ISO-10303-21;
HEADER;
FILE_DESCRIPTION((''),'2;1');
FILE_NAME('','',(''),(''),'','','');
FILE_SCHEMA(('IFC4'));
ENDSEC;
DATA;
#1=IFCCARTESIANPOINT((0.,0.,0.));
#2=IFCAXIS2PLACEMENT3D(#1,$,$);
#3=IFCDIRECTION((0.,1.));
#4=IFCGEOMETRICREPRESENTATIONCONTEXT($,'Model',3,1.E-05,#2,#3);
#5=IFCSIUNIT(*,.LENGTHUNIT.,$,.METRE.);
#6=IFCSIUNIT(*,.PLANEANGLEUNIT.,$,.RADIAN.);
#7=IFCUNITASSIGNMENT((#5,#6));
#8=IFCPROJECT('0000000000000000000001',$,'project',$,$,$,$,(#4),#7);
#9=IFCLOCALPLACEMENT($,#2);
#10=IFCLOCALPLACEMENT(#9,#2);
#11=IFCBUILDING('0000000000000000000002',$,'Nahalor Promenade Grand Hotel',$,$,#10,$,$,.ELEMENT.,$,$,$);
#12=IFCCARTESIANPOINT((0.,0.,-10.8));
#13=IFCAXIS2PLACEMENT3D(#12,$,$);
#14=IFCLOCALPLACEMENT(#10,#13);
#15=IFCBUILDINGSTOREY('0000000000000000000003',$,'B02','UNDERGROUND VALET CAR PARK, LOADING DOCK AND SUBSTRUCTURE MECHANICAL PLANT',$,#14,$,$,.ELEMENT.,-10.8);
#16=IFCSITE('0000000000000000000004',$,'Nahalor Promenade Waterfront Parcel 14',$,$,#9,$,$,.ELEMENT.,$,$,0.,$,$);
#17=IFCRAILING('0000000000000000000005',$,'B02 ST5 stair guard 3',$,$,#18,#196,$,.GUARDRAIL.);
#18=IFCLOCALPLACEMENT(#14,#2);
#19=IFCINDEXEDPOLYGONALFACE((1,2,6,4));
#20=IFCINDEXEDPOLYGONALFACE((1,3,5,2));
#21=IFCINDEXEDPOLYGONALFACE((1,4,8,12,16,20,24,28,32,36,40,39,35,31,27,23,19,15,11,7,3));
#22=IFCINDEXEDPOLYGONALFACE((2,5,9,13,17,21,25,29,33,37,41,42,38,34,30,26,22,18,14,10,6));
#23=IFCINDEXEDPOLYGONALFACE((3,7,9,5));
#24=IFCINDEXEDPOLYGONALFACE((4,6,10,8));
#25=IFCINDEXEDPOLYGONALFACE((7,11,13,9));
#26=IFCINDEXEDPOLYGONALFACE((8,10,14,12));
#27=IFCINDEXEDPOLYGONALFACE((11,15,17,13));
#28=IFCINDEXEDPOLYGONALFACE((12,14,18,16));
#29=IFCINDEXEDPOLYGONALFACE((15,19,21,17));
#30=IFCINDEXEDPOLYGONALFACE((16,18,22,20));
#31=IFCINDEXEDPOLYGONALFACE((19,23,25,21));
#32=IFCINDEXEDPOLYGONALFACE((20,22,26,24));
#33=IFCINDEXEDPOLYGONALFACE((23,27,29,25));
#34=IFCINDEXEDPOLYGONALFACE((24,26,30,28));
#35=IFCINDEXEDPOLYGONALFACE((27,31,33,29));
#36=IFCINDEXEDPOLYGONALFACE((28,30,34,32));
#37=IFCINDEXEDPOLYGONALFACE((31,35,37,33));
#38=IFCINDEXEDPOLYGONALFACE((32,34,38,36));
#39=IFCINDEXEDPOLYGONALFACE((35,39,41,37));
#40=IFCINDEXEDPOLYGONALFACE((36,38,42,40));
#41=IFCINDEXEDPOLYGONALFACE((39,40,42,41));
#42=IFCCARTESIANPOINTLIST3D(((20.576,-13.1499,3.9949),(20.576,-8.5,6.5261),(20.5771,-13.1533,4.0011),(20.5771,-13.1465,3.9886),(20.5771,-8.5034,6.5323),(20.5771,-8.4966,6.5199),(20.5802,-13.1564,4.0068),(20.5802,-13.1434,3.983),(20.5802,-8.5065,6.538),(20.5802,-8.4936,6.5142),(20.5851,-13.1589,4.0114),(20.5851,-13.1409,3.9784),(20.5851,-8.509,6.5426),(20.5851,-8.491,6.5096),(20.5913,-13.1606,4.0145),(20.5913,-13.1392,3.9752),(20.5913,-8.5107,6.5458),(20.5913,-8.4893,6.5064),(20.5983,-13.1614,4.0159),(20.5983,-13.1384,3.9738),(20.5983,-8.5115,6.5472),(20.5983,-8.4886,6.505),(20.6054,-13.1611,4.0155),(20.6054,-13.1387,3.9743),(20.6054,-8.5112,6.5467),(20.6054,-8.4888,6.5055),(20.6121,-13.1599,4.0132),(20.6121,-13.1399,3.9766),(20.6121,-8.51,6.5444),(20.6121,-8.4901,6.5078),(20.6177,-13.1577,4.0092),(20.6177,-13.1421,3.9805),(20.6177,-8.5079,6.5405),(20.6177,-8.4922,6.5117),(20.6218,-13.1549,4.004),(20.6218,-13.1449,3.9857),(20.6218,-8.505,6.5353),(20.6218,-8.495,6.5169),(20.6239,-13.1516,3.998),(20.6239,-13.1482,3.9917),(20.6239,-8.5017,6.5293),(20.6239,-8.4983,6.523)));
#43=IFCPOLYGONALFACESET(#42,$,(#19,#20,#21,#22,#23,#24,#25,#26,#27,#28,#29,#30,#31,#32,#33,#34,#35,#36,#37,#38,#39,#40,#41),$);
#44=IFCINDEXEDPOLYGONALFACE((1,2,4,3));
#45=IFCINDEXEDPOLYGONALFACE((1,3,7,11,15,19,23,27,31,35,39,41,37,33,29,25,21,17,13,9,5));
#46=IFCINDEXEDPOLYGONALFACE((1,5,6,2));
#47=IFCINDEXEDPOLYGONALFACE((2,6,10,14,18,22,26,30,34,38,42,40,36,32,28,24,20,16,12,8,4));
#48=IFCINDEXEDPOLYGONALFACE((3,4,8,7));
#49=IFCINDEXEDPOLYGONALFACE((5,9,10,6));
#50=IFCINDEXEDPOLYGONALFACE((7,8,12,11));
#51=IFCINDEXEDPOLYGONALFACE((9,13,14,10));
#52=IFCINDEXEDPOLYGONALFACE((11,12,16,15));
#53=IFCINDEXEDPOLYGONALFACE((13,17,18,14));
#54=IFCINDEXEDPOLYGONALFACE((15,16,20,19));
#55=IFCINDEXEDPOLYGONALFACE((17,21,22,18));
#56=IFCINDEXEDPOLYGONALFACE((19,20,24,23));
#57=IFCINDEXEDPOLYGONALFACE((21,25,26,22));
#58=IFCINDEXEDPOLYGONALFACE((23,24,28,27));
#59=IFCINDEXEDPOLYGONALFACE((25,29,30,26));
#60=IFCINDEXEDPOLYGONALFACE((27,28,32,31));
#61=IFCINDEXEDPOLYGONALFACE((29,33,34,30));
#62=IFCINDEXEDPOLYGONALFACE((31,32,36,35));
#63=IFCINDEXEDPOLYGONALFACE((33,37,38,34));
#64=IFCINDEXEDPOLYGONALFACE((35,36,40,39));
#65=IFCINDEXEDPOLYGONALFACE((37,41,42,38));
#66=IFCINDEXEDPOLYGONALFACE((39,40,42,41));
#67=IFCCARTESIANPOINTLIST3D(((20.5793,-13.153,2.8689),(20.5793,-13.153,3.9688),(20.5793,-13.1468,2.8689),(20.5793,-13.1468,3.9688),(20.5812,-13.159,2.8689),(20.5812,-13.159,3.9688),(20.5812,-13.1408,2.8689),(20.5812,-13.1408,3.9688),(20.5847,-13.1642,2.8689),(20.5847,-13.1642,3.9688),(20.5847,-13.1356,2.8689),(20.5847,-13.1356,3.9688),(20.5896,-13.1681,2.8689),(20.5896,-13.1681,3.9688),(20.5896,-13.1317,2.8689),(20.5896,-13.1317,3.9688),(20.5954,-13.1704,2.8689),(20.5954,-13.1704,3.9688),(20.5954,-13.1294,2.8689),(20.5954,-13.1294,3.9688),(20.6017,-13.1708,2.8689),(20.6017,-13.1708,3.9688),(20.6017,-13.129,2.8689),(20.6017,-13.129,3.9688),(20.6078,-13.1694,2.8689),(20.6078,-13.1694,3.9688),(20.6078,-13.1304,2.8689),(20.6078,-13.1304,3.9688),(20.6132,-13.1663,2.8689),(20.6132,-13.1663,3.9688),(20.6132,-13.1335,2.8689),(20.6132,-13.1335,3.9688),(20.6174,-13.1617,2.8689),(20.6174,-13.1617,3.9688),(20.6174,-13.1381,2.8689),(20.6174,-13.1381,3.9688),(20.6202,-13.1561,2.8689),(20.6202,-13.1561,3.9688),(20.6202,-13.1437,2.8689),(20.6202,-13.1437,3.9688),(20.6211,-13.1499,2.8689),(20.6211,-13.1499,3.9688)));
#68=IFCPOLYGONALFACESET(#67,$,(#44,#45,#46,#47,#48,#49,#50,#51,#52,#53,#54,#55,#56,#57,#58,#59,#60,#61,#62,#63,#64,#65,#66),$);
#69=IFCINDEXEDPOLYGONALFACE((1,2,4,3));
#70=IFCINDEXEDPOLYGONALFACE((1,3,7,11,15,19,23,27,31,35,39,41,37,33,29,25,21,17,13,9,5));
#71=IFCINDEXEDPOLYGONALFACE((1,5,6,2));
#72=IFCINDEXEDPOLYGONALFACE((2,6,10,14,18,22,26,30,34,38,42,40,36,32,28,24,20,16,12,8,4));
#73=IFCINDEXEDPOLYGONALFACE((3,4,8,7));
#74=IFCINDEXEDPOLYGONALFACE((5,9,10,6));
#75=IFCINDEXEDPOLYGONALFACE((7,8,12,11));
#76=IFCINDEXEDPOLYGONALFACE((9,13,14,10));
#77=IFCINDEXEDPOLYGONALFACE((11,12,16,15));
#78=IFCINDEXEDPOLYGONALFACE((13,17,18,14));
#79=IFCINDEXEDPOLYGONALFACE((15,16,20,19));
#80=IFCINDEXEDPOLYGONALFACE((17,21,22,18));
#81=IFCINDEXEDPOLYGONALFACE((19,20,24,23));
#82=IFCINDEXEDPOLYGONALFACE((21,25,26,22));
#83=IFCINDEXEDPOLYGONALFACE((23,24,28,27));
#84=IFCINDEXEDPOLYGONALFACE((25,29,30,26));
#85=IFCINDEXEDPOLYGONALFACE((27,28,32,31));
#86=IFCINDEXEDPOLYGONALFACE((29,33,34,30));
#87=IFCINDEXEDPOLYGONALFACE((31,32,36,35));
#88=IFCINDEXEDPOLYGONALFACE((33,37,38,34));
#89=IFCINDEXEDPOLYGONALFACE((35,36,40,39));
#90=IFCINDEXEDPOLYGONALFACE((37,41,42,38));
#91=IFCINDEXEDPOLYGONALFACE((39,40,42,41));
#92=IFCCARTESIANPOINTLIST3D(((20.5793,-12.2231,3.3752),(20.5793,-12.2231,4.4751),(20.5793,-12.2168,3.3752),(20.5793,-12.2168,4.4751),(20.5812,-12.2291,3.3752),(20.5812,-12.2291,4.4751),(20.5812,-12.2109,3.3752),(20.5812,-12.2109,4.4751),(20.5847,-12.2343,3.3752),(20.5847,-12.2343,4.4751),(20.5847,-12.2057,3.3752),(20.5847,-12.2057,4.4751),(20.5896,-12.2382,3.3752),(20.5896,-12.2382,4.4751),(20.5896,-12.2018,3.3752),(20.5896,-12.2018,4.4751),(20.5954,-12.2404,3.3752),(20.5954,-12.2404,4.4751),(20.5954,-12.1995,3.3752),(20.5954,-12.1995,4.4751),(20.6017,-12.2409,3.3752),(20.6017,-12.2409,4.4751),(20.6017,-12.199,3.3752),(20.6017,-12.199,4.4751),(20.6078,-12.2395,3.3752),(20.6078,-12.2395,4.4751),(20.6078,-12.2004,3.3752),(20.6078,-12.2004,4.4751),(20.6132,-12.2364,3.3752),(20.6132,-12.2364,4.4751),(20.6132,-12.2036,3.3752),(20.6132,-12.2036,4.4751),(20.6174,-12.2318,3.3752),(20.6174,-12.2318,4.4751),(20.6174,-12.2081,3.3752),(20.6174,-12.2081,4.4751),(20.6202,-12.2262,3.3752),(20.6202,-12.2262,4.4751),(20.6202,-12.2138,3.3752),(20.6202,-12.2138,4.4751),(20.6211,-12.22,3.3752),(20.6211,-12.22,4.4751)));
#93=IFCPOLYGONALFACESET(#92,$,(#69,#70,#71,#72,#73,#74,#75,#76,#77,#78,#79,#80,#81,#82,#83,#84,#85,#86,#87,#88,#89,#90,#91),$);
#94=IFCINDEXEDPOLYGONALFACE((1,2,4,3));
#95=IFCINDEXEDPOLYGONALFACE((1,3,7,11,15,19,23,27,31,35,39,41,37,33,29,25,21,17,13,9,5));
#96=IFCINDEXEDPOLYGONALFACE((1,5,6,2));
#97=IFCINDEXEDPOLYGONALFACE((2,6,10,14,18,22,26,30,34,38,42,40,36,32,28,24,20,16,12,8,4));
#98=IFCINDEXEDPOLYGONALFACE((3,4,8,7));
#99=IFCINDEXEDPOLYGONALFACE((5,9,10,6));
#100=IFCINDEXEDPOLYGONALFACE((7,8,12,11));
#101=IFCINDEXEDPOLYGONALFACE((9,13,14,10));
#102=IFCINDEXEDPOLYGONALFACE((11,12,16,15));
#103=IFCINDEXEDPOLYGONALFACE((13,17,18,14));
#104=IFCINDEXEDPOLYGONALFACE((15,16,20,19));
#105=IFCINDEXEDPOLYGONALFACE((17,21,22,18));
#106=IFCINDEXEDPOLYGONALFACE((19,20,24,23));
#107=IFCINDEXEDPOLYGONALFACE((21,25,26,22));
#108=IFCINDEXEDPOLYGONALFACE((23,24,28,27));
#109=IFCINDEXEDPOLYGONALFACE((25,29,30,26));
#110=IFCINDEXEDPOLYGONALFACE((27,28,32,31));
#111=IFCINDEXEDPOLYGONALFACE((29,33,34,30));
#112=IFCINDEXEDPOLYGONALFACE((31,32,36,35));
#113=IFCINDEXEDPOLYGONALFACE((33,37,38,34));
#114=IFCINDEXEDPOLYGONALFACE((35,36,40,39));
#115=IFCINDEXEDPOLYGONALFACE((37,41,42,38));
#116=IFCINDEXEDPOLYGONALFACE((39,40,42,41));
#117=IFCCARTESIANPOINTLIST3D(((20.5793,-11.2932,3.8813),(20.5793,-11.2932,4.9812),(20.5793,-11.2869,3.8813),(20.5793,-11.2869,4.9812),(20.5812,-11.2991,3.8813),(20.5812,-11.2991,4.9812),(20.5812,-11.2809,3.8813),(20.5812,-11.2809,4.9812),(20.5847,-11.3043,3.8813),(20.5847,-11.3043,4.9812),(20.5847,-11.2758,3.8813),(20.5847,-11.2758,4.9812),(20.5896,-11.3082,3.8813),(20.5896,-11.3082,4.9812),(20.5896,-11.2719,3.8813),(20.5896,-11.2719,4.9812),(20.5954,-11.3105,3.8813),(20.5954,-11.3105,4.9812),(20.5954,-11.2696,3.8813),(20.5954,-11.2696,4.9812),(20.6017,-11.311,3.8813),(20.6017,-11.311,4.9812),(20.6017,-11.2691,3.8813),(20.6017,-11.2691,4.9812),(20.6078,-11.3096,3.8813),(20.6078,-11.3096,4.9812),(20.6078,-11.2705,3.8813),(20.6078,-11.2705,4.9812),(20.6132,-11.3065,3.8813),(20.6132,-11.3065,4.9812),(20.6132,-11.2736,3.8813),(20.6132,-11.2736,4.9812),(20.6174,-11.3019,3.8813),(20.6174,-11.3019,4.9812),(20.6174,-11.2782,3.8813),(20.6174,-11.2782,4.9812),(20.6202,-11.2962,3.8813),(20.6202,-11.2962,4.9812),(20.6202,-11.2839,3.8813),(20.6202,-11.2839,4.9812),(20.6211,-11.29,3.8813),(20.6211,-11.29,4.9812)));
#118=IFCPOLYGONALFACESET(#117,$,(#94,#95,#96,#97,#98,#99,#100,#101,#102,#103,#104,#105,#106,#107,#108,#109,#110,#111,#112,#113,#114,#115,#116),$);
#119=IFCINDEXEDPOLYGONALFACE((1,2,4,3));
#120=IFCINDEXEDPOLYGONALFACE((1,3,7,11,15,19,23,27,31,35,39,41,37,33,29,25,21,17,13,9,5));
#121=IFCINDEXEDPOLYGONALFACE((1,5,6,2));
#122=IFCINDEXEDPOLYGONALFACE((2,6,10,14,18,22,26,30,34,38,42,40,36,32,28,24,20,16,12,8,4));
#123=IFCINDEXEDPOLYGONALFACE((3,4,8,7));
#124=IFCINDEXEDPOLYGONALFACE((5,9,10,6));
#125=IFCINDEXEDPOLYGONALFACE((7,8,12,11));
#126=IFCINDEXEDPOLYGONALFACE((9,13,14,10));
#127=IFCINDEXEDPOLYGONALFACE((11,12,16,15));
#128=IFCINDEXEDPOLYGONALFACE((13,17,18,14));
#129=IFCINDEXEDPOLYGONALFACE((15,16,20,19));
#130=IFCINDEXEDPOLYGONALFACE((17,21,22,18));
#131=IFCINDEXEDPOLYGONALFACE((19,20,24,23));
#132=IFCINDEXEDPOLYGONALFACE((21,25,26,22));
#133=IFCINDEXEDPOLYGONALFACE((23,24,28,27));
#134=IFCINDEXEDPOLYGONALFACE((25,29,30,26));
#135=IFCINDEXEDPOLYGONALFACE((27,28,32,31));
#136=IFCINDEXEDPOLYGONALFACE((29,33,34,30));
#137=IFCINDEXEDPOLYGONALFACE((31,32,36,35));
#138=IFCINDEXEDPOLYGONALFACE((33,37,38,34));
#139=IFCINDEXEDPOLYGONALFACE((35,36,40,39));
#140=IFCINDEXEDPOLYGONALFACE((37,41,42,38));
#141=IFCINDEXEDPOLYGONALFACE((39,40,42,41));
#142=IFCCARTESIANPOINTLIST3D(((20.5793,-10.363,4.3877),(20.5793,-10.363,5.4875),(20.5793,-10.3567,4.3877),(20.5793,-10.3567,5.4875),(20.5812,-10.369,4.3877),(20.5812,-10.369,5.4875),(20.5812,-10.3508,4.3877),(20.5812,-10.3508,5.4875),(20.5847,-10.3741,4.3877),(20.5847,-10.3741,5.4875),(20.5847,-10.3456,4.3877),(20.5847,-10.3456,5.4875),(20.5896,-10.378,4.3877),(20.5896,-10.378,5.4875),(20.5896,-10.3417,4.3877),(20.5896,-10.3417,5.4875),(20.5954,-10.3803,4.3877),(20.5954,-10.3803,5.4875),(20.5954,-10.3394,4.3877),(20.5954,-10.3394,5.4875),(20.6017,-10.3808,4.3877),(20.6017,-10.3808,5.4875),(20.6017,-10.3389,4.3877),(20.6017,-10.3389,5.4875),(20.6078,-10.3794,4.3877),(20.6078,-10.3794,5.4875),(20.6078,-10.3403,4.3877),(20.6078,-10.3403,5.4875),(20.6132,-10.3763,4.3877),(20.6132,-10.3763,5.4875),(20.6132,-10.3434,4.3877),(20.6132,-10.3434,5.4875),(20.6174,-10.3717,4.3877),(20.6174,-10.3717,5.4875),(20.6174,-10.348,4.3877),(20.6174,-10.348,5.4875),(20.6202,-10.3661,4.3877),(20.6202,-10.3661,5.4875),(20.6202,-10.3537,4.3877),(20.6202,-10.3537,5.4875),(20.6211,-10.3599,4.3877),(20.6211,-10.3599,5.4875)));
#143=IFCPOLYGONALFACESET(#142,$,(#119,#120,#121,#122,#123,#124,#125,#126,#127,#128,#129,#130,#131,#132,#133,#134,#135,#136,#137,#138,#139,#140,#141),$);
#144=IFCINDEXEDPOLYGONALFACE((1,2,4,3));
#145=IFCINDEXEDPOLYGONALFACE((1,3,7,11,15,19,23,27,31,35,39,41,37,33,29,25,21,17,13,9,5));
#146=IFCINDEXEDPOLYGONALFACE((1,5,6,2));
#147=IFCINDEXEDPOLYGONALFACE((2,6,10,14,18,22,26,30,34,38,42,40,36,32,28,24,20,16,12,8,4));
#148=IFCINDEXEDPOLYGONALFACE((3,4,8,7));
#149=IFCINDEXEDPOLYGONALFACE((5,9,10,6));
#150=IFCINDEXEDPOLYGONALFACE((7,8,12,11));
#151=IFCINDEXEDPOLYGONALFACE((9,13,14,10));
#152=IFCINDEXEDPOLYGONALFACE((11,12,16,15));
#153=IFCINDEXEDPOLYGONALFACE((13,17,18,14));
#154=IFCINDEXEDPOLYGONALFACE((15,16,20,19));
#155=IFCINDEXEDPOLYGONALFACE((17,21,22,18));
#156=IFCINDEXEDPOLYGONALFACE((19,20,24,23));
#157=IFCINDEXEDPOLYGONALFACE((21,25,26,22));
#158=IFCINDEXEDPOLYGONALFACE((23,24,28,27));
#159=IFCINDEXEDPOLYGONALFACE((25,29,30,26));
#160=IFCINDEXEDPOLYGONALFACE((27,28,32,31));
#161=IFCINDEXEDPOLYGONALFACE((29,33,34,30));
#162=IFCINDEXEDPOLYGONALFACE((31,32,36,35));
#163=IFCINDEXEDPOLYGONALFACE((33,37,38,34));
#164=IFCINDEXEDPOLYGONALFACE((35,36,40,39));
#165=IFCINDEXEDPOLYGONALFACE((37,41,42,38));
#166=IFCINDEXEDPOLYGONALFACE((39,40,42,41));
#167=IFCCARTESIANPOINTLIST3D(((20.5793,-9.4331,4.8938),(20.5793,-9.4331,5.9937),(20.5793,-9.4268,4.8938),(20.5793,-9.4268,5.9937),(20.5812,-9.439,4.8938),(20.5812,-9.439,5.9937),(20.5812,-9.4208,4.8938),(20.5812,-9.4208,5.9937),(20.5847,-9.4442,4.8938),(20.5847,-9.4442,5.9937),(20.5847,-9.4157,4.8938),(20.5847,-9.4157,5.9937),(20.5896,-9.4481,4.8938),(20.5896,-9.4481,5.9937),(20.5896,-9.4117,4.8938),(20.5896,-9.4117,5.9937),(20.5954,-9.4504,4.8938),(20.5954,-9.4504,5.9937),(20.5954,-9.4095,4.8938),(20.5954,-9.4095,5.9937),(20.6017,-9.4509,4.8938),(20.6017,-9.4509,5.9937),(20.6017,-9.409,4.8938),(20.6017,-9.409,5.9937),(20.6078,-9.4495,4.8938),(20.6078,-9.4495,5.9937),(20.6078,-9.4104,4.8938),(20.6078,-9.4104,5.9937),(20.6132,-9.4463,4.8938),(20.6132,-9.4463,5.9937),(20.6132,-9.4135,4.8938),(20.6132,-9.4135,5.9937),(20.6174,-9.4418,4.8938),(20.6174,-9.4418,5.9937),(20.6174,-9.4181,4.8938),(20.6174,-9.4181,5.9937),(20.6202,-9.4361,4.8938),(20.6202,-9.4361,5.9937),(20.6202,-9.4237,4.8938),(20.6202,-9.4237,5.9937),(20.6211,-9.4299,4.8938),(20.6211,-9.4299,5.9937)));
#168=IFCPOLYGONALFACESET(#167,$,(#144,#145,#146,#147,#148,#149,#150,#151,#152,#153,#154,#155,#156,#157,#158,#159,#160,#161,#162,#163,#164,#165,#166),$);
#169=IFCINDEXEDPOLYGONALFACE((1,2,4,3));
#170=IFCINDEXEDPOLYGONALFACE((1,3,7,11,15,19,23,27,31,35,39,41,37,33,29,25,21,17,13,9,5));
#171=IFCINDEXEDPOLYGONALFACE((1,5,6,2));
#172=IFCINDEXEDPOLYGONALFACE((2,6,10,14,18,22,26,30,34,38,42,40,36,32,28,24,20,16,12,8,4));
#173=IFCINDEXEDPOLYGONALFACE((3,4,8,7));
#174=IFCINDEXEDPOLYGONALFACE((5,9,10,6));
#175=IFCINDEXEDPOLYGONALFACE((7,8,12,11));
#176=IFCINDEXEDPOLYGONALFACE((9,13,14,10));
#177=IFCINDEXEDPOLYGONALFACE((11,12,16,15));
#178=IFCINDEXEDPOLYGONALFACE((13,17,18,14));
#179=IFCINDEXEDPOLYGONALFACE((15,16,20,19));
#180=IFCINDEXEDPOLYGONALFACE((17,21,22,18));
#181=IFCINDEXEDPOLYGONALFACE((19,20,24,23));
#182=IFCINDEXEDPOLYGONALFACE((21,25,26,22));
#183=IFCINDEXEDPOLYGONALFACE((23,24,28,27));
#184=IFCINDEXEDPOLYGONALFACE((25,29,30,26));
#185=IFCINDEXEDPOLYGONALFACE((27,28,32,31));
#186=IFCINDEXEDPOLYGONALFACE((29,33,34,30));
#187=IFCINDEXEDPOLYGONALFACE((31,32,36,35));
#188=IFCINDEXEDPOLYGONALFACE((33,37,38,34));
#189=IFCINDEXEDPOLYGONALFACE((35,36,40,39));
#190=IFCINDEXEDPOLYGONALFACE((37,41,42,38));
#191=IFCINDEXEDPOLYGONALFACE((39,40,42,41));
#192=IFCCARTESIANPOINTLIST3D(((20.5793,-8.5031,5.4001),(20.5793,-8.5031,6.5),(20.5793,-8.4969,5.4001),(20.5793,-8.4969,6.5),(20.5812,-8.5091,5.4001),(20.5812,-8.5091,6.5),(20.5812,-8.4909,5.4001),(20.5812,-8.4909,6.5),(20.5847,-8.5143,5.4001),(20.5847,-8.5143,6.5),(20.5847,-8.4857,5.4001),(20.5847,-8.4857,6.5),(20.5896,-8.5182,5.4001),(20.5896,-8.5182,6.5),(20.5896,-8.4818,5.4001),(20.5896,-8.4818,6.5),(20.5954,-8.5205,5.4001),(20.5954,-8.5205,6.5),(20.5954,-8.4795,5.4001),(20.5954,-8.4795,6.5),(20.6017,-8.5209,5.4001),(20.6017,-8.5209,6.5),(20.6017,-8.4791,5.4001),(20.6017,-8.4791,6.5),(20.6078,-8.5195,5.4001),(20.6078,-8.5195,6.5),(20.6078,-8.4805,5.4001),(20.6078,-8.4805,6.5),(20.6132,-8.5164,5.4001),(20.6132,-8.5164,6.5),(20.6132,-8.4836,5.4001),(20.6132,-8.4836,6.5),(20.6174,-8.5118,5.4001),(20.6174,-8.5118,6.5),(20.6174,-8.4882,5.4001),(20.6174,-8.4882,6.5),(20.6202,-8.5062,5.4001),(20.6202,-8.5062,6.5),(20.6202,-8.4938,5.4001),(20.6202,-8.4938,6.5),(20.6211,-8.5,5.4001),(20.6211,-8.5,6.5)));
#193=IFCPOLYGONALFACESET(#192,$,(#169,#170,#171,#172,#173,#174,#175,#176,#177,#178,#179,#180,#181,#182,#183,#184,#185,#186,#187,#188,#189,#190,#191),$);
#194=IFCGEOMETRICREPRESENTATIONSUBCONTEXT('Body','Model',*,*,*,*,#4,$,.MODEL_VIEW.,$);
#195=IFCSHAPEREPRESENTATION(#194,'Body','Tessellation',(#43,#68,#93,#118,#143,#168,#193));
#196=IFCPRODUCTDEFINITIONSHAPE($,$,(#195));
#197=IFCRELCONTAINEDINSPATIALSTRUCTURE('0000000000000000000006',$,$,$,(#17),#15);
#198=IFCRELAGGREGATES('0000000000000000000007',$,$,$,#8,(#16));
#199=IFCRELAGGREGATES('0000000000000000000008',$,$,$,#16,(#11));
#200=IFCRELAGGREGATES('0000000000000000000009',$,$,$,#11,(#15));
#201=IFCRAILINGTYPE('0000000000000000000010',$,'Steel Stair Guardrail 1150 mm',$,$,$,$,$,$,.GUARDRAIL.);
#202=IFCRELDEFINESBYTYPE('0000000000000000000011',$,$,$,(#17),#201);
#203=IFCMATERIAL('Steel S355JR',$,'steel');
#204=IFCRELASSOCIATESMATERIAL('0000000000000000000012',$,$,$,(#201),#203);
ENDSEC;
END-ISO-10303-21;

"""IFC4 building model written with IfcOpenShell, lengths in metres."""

from ifc_helpers import new_model, si_unit, direction, frame, origin, origin_2d, place, context, subcontext, project, spatial, circle, extrude, material, type_object, element, save


model = new_model("IFC4")

# Units and contexts
model_context = context("Model", 3, precision=1e-05, world=origin(), true_north=direction((0.0, 1.0)))
body_context = subcontext(model_context, "Body", "Model", "MODEL_VIEW")
ifc_project = project(units=[si_unit("LENGTHUNIT", "METRE"), si_unit("PLANEANGLEUNIT", "RADIAN")], contexts=[model_context])

# Site, building, storey
site_placement = place(None, origin())
site = spatial("IfcSite", under=ifc_project, at=site_placement, Name="Nahalor Promenade Waterfront Parcel 14", CompositionType="ELEMENT", RefElevation=0.0)
building_placement = place(site_placement, origin())
building = spatial("IfcBuilding", under=site, at=building_placement, Name="Nahalor Promenade Grand Hotel", CompositionType="ELEMENT")
storey_placement = place(building_placement, frame((0.0, 0.0, -10.8)))
storey = spatial("IfcBuildingStorey", under=building, at=storey_placement, Name="B02", Description="UNDERGROUND VALET CAR PARK, LOADING DOCK AND SUBSTRUCTURE MECHANICAL PLANT", CompositionType="ELEMENT", Elevation=-10.8)

# Shared definitions
ifc_material_1 = material(Name="Steel S355JR", Category="steel")

# Railing
railing_type_1 = type_object("IfcRailingType", Name="Steel Stair Guardrail 1150 mm", PredefinedType="GUARDRAIL", material=ifc_material_1)
railing_1_placement = place(storey_placement, frame((20.6001, -13.1499, 2.8689)))
element("IfcRailing", 1, at=railing_1_placement, inside=storey, type_object=railing_type_1, Name="B02 ST5 stair guard 3", PredefinedType="GUARDRAIL", context=body_context, shape_type="SweptSolid", body=[
    extrude(circle(Radius=0.024, at=origin_2d()), frame((0.0, 0.0, 1.126), z_axis=(0.0, 0.878297, 0.478115), x_axis=(-1.0, 0.0, 0.0)), (0.0, 0.0, 1.0), 5.2942),
    extrude(circle(Radius=0.021, at=origin_2d()), origin(), (0.0, 0.0, 1.0), 1.0999),
    extrude(circle(Radius=0.021, at=origin_2d()), frame((0.0, 0.9299, 0.5063)), (0.0, 0.0, 1.0), 1.0999),
    extrude(circle(Radius=0.021, at=origin_2d()), frame((0.0, 1.8599, 1.0125)), (0.0, 0.0, 1.0), 1.0999),
    extrude(circle(Radius=0.021, at=origin_2d()), frame((0.0, 2.79, 1.5188)), (0.0, 0.0, 1.0), 1.0999),
    extrude(circle(Radius=0.021, at=origin_2d()), frame((0.0, 3.72, 2.0249)), (0.0, 0.0, 1.0), 1.0999),
    extrude(circle(Radius=0.021, at=origin_2d()), frame((0.0, 4.6499, 2.5312)), (0.0, 0.0, 1.0), 1.0999),
])

save(model, "model.ifc")
